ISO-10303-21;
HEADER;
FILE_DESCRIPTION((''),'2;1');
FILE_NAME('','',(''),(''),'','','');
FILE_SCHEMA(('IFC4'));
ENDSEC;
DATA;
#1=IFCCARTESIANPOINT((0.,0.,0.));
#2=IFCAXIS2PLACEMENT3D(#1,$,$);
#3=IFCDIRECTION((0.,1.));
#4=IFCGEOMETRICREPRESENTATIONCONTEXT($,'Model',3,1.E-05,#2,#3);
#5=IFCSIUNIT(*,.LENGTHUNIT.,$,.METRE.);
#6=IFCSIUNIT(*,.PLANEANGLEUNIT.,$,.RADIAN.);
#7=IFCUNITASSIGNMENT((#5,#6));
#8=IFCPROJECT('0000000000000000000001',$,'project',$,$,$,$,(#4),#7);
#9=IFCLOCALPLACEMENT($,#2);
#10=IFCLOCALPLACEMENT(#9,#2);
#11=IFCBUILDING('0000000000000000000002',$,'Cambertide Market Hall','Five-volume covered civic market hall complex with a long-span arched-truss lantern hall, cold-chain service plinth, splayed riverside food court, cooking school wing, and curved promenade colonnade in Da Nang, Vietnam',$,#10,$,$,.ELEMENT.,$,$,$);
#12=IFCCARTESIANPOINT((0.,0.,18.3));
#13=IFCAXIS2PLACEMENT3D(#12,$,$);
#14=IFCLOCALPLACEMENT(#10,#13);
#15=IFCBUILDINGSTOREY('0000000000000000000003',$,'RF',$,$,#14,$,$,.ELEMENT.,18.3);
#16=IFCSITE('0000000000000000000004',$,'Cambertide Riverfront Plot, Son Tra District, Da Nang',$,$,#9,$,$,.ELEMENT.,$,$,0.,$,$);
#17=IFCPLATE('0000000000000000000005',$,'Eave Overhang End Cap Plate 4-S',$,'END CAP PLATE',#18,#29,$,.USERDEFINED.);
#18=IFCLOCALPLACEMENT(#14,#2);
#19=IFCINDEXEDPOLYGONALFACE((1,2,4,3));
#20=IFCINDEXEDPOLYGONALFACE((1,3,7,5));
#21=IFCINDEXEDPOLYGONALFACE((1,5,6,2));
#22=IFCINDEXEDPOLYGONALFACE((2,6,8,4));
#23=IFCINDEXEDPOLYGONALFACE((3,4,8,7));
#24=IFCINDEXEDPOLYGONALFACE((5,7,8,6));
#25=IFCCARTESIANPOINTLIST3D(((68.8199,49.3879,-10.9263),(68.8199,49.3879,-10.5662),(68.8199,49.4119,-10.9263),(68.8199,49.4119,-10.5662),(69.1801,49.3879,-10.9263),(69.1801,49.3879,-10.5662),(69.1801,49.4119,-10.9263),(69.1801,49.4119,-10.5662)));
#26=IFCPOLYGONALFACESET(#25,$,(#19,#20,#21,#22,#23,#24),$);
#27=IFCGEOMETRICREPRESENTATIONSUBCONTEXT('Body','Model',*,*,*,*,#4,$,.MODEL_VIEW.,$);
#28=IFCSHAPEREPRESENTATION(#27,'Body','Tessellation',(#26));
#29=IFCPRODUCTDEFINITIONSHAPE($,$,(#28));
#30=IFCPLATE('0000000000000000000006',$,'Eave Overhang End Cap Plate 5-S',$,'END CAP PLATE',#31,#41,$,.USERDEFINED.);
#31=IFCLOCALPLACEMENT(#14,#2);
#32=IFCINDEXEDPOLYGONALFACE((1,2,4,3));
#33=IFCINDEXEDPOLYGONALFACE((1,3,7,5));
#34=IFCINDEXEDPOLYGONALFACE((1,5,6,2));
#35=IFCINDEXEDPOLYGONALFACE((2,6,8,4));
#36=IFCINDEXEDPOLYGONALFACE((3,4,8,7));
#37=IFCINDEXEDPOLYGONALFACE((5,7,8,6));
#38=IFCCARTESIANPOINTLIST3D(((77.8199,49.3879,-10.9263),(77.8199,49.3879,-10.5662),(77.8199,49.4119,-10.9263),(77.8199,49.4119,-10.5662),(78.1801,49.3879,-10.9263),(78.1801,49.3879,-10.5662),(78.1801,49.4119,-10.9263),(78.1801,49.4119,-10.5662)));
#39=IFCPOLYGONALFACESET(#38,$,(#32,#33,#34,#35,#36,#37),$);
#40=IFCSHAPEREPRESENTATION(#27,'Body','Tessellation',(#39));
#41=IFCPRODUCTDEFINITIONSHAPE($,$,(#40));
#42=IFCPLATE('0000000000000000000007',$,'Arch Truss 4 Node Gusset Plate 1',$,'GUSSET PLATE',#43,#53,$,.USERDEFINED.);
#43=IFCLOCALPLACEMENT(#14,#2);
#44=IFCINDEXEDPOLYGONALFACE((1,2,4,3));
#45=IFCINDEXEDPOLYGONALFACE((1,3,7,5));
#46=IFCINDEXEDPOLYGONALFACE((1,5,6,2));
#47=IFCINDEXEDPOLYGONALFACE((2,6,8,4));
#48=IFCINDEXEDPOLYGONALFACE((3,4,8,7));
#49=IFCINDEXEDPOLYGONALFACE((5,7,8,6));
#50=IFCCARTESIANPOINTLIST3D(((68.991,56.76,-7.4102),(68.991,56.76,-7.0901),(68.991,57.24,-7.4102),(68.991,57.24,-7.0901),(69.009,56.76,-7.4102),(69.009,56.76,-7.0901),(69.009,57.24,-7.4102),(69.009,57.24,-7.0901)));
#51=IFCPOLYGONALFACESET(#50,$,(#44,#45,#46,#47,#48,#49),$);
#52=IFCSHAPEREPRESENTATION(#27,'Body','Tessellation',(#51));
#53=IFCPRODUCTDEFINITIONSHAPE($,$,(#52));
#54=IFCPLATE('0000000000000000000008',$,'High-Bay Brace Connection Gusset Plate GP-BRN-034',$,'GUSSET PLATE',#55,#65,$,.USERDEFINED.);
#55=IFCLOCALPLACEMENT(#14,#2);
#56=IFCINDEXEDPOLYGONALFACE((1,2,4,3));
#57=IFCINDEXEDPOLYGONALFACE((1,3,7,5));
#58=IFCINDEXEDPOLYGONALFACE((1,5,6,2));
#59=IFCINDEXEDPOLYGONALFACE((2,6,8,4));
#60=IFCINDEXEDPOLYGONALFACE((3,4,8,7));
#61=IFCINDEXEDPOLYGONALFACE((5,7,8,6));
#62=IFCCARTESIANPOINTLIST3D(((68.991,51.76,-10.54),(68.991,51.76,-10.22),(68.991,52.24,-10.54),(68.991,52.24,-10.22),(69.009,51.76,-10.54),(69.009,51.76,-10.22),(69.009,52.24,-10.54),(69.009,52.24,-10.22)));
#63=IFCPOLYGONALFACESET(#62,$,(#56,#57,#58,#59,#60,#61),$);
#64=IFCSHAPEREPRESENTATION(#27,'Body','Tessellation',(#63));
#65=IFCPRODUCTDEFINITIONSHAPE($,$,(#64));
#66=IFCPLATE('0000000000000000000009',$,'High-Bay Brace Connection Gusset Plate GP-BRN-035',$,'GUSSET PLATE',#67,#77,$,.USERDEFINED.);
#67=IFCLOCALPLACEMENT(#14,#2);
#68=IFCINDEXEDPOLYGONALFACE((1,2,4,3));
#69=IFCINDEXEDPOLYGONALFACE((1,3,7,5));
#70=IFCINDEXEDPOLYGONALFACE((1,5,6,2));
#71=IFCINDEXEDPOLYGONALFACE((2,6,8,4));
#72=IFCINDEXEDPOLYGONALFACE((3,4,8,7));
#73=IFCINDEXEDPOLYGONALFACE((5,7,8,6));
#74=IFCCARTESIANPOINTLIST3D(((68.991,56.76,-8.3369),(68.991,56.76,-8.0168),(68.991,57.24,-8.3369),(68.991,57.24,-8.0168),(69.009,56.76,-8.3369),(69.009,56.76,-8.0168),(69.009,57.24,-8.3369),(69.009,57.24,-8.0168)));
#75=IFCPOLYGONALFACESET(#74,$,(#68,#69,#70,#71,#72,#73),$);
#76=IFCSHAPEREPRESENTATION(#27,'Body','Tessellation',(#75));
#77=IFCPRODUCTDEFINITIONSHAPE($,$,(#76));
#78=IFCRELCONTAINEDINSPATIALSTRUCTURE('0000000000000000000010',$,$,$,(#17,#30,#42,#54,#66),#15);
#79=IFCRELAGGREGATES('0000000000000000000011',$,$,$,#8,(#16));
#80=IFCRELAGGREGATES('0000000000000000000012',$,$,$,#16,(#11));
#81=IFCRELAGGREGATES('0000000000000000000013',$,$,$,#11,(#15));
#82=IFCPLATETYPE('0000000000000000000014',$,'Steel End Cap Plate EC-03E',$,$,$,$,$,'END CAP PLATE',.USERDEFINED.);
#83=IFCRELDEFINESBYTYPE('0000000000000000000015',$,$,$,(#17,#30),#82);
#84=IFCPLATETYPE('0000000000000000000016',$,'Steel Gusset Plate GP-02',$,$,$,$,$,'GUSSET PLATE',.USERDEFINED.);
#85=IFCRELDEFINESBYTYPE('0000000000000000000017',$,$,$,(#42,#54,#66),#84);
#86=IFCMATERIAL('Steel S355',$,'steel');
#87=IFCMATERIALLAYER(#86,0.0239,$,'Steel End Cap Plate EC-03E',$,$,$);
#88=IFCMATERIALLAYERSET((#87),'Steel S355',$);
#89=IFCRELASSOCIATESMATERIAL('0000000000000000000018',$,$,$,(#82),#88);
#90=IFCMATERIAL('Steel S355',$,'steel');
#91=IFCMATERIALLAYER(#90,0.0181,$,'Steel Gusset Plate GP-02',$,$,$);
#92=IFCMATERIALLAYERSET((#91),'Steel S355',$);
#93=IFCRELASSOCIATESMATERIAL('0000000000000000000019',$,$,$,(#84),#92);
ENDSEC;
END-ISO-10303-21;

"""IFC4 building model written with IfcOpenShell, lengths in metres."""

from ifc_helpers import new_model, si_unit, direction, frame, origin, origin_2d, place, context, subcontext, project, spatial, rectangle, extrude, material, layer, layer_set, type_object, element, save


model = new_model("IFC4")

# Units and contexts
model_context = context("Model", 3, precision=1e-05, world=origin(), true_north=direction((0.0, 1.0)))
body_context = subcontext(model_context, "Body", "Model", "MODEL_VIEW")
ifc_project = project(units=[si_unit("LENGTHUNIT", "METRE"), si_unit("PLANEANGLEUNIT", "RADIAN")], contexts=[model_context])

# Site, building, storey
site_placement = place(None, origin())
site = spatial("IfcSite", under=ifc_project, at=site_placement, Name="Cambertide Riverfront Plot, Son Tra District, Da Nang", CompositionType="ELEMENT", RefElevation=0.0)
building_placement = place(site_placement, origin())
building = spatial("IfcBuilding", under=site, at=building_placement, Name="Cambertide Market Hall", Description="Five-volume covered civic market hall complex with a long-span arched-truss lantern hall, cold-chain service plinth, splayed riverside food court, cooking school wing, and curved promenade colonnade in Da Nang, Vietnam", CompositionType="ELEMENT")
storey_placement = place(building_placement, frame((0.0, 0.0, 18.3)))
storey = spatial("IfcBuildingStorey", under=building, at=storey_placement, Name="RF", CompositionType="ELEMENT", Elevation=18.3)

# Plates
ifc_material_1 = material(Name="Steel S355", Category="steel")
ifc_layer_1 = layer(ifc_material_1, 0.0239, Name="Steel End Cap Plate EC-03E")
ifc_layer_set_1 = layer_set([ifc_layer_1], Name="Steel S355")
plate_type_1 = type_object("IfcPlateType", Name="Steel End Cap Plate EC-03E", ElementType="END CAP PLATE", PredefinedType="USERDEFINED", material=ifc_layer_set_1)
for number, where, z_axis, x_axis, name in (
    (1, (69.0, 49.3999, -10.9263), (0.0, 0.0, 1.0), (1.0, 0.0, 0.0), "Eave Overhang End Cap Plate 4-S"),
    (2, (78.0, 49.3999, -10.9263), (0.0, 0.0, 1.0), (1.0, 0.0, 0.0), "Eave Overhang End Cap Plate 5-S"),
):
    element("IfcPlate", number, at=place(storey_placement, frame(where, z_axis=z_axis, x_axis=x_axis)), inside=storey, type_object=plate_type_1, Name=name, ObjectType="END CAP PLATE", PredefinedType="USERDEFINED", context=body_context, shape_type="SweptSolid", body=[
        extrude(rectangle(XDim=0.3601, YDim=0.0239, at=origin_2d()), origin(), (0.0, 0.0, 1.0), 0.3601),
    ])
ifc_material_2 = material(Name="Steel S355", Category="steel")
ifc_layer_2 = layer(ifc_material_2, 0.0181, Name="Steel Gusset Plate GP-02")
ifc_layer_set_2 = layer_set([ifc_layer_2], Name="Steel S355")
plate_type_2 = type_object("IfcPlateType", Name="Steel Gusset Plate GP-02", ElementType="GUSSET PLATE", PredefinedType="USERDEFINED", material=ifc_layer_set_2)
plate_1_placement = place(storey_placement, frame((69.0, 57.0, -7.4102), z_axis=(0.0, 0.0, 1.0), x_axis=(1.0, 0.0, 0.0)))
element("IfcPlate", 3, at=plate_1_placement, inside=storey, type_object=plate_type_2, Name="Arch Truss 4 Node Gusset Plate 1", ObjectType="GUSSET PLATE", PredefinedType="USERDEFINED", context=body_context, shape_type="SweptSolid", body=[
    extrude(rectangle(XDim=0.0181, YDim=0.48, at=origin_2d()), origin(), (0.0, 0.0, 1.0), 0.3201),
])
for number, where, z_axis, x_axis, name in (
    (4, (69.0, 52.0, -10.54), (0.0, 0.0, 1.0), (0.0, 1.0, 0.0), "High-Bay Brace Connection Gusset Plate GP-BRN-034"),
    (5, (69.0, 57.0, -8.3369), (0.0, 0.0, 1.0), (0.0, 1.0, 0.0), "High-Bay Brace Connection Gusset Plate GP-BRN-035"),
):
    element("IfcPlate", number, at=place(storey_placement, frame(where, z_axis=z_axis, x_axis=x_axis)), inside=storey, type_object=plate_type_2, Name=name, ObjectType="GUSSET PLATE", PredefinedType="USERDEFINED", context=body_context, shape_type="SweptSolid", body=[
        extrude(rectangle(XDim=0.48, YDim=0.0181, at=origin_2d()), origin(), (0.0, 0.0, 1.0), 0.3201),
    ])

save(model, "model.ifc")
